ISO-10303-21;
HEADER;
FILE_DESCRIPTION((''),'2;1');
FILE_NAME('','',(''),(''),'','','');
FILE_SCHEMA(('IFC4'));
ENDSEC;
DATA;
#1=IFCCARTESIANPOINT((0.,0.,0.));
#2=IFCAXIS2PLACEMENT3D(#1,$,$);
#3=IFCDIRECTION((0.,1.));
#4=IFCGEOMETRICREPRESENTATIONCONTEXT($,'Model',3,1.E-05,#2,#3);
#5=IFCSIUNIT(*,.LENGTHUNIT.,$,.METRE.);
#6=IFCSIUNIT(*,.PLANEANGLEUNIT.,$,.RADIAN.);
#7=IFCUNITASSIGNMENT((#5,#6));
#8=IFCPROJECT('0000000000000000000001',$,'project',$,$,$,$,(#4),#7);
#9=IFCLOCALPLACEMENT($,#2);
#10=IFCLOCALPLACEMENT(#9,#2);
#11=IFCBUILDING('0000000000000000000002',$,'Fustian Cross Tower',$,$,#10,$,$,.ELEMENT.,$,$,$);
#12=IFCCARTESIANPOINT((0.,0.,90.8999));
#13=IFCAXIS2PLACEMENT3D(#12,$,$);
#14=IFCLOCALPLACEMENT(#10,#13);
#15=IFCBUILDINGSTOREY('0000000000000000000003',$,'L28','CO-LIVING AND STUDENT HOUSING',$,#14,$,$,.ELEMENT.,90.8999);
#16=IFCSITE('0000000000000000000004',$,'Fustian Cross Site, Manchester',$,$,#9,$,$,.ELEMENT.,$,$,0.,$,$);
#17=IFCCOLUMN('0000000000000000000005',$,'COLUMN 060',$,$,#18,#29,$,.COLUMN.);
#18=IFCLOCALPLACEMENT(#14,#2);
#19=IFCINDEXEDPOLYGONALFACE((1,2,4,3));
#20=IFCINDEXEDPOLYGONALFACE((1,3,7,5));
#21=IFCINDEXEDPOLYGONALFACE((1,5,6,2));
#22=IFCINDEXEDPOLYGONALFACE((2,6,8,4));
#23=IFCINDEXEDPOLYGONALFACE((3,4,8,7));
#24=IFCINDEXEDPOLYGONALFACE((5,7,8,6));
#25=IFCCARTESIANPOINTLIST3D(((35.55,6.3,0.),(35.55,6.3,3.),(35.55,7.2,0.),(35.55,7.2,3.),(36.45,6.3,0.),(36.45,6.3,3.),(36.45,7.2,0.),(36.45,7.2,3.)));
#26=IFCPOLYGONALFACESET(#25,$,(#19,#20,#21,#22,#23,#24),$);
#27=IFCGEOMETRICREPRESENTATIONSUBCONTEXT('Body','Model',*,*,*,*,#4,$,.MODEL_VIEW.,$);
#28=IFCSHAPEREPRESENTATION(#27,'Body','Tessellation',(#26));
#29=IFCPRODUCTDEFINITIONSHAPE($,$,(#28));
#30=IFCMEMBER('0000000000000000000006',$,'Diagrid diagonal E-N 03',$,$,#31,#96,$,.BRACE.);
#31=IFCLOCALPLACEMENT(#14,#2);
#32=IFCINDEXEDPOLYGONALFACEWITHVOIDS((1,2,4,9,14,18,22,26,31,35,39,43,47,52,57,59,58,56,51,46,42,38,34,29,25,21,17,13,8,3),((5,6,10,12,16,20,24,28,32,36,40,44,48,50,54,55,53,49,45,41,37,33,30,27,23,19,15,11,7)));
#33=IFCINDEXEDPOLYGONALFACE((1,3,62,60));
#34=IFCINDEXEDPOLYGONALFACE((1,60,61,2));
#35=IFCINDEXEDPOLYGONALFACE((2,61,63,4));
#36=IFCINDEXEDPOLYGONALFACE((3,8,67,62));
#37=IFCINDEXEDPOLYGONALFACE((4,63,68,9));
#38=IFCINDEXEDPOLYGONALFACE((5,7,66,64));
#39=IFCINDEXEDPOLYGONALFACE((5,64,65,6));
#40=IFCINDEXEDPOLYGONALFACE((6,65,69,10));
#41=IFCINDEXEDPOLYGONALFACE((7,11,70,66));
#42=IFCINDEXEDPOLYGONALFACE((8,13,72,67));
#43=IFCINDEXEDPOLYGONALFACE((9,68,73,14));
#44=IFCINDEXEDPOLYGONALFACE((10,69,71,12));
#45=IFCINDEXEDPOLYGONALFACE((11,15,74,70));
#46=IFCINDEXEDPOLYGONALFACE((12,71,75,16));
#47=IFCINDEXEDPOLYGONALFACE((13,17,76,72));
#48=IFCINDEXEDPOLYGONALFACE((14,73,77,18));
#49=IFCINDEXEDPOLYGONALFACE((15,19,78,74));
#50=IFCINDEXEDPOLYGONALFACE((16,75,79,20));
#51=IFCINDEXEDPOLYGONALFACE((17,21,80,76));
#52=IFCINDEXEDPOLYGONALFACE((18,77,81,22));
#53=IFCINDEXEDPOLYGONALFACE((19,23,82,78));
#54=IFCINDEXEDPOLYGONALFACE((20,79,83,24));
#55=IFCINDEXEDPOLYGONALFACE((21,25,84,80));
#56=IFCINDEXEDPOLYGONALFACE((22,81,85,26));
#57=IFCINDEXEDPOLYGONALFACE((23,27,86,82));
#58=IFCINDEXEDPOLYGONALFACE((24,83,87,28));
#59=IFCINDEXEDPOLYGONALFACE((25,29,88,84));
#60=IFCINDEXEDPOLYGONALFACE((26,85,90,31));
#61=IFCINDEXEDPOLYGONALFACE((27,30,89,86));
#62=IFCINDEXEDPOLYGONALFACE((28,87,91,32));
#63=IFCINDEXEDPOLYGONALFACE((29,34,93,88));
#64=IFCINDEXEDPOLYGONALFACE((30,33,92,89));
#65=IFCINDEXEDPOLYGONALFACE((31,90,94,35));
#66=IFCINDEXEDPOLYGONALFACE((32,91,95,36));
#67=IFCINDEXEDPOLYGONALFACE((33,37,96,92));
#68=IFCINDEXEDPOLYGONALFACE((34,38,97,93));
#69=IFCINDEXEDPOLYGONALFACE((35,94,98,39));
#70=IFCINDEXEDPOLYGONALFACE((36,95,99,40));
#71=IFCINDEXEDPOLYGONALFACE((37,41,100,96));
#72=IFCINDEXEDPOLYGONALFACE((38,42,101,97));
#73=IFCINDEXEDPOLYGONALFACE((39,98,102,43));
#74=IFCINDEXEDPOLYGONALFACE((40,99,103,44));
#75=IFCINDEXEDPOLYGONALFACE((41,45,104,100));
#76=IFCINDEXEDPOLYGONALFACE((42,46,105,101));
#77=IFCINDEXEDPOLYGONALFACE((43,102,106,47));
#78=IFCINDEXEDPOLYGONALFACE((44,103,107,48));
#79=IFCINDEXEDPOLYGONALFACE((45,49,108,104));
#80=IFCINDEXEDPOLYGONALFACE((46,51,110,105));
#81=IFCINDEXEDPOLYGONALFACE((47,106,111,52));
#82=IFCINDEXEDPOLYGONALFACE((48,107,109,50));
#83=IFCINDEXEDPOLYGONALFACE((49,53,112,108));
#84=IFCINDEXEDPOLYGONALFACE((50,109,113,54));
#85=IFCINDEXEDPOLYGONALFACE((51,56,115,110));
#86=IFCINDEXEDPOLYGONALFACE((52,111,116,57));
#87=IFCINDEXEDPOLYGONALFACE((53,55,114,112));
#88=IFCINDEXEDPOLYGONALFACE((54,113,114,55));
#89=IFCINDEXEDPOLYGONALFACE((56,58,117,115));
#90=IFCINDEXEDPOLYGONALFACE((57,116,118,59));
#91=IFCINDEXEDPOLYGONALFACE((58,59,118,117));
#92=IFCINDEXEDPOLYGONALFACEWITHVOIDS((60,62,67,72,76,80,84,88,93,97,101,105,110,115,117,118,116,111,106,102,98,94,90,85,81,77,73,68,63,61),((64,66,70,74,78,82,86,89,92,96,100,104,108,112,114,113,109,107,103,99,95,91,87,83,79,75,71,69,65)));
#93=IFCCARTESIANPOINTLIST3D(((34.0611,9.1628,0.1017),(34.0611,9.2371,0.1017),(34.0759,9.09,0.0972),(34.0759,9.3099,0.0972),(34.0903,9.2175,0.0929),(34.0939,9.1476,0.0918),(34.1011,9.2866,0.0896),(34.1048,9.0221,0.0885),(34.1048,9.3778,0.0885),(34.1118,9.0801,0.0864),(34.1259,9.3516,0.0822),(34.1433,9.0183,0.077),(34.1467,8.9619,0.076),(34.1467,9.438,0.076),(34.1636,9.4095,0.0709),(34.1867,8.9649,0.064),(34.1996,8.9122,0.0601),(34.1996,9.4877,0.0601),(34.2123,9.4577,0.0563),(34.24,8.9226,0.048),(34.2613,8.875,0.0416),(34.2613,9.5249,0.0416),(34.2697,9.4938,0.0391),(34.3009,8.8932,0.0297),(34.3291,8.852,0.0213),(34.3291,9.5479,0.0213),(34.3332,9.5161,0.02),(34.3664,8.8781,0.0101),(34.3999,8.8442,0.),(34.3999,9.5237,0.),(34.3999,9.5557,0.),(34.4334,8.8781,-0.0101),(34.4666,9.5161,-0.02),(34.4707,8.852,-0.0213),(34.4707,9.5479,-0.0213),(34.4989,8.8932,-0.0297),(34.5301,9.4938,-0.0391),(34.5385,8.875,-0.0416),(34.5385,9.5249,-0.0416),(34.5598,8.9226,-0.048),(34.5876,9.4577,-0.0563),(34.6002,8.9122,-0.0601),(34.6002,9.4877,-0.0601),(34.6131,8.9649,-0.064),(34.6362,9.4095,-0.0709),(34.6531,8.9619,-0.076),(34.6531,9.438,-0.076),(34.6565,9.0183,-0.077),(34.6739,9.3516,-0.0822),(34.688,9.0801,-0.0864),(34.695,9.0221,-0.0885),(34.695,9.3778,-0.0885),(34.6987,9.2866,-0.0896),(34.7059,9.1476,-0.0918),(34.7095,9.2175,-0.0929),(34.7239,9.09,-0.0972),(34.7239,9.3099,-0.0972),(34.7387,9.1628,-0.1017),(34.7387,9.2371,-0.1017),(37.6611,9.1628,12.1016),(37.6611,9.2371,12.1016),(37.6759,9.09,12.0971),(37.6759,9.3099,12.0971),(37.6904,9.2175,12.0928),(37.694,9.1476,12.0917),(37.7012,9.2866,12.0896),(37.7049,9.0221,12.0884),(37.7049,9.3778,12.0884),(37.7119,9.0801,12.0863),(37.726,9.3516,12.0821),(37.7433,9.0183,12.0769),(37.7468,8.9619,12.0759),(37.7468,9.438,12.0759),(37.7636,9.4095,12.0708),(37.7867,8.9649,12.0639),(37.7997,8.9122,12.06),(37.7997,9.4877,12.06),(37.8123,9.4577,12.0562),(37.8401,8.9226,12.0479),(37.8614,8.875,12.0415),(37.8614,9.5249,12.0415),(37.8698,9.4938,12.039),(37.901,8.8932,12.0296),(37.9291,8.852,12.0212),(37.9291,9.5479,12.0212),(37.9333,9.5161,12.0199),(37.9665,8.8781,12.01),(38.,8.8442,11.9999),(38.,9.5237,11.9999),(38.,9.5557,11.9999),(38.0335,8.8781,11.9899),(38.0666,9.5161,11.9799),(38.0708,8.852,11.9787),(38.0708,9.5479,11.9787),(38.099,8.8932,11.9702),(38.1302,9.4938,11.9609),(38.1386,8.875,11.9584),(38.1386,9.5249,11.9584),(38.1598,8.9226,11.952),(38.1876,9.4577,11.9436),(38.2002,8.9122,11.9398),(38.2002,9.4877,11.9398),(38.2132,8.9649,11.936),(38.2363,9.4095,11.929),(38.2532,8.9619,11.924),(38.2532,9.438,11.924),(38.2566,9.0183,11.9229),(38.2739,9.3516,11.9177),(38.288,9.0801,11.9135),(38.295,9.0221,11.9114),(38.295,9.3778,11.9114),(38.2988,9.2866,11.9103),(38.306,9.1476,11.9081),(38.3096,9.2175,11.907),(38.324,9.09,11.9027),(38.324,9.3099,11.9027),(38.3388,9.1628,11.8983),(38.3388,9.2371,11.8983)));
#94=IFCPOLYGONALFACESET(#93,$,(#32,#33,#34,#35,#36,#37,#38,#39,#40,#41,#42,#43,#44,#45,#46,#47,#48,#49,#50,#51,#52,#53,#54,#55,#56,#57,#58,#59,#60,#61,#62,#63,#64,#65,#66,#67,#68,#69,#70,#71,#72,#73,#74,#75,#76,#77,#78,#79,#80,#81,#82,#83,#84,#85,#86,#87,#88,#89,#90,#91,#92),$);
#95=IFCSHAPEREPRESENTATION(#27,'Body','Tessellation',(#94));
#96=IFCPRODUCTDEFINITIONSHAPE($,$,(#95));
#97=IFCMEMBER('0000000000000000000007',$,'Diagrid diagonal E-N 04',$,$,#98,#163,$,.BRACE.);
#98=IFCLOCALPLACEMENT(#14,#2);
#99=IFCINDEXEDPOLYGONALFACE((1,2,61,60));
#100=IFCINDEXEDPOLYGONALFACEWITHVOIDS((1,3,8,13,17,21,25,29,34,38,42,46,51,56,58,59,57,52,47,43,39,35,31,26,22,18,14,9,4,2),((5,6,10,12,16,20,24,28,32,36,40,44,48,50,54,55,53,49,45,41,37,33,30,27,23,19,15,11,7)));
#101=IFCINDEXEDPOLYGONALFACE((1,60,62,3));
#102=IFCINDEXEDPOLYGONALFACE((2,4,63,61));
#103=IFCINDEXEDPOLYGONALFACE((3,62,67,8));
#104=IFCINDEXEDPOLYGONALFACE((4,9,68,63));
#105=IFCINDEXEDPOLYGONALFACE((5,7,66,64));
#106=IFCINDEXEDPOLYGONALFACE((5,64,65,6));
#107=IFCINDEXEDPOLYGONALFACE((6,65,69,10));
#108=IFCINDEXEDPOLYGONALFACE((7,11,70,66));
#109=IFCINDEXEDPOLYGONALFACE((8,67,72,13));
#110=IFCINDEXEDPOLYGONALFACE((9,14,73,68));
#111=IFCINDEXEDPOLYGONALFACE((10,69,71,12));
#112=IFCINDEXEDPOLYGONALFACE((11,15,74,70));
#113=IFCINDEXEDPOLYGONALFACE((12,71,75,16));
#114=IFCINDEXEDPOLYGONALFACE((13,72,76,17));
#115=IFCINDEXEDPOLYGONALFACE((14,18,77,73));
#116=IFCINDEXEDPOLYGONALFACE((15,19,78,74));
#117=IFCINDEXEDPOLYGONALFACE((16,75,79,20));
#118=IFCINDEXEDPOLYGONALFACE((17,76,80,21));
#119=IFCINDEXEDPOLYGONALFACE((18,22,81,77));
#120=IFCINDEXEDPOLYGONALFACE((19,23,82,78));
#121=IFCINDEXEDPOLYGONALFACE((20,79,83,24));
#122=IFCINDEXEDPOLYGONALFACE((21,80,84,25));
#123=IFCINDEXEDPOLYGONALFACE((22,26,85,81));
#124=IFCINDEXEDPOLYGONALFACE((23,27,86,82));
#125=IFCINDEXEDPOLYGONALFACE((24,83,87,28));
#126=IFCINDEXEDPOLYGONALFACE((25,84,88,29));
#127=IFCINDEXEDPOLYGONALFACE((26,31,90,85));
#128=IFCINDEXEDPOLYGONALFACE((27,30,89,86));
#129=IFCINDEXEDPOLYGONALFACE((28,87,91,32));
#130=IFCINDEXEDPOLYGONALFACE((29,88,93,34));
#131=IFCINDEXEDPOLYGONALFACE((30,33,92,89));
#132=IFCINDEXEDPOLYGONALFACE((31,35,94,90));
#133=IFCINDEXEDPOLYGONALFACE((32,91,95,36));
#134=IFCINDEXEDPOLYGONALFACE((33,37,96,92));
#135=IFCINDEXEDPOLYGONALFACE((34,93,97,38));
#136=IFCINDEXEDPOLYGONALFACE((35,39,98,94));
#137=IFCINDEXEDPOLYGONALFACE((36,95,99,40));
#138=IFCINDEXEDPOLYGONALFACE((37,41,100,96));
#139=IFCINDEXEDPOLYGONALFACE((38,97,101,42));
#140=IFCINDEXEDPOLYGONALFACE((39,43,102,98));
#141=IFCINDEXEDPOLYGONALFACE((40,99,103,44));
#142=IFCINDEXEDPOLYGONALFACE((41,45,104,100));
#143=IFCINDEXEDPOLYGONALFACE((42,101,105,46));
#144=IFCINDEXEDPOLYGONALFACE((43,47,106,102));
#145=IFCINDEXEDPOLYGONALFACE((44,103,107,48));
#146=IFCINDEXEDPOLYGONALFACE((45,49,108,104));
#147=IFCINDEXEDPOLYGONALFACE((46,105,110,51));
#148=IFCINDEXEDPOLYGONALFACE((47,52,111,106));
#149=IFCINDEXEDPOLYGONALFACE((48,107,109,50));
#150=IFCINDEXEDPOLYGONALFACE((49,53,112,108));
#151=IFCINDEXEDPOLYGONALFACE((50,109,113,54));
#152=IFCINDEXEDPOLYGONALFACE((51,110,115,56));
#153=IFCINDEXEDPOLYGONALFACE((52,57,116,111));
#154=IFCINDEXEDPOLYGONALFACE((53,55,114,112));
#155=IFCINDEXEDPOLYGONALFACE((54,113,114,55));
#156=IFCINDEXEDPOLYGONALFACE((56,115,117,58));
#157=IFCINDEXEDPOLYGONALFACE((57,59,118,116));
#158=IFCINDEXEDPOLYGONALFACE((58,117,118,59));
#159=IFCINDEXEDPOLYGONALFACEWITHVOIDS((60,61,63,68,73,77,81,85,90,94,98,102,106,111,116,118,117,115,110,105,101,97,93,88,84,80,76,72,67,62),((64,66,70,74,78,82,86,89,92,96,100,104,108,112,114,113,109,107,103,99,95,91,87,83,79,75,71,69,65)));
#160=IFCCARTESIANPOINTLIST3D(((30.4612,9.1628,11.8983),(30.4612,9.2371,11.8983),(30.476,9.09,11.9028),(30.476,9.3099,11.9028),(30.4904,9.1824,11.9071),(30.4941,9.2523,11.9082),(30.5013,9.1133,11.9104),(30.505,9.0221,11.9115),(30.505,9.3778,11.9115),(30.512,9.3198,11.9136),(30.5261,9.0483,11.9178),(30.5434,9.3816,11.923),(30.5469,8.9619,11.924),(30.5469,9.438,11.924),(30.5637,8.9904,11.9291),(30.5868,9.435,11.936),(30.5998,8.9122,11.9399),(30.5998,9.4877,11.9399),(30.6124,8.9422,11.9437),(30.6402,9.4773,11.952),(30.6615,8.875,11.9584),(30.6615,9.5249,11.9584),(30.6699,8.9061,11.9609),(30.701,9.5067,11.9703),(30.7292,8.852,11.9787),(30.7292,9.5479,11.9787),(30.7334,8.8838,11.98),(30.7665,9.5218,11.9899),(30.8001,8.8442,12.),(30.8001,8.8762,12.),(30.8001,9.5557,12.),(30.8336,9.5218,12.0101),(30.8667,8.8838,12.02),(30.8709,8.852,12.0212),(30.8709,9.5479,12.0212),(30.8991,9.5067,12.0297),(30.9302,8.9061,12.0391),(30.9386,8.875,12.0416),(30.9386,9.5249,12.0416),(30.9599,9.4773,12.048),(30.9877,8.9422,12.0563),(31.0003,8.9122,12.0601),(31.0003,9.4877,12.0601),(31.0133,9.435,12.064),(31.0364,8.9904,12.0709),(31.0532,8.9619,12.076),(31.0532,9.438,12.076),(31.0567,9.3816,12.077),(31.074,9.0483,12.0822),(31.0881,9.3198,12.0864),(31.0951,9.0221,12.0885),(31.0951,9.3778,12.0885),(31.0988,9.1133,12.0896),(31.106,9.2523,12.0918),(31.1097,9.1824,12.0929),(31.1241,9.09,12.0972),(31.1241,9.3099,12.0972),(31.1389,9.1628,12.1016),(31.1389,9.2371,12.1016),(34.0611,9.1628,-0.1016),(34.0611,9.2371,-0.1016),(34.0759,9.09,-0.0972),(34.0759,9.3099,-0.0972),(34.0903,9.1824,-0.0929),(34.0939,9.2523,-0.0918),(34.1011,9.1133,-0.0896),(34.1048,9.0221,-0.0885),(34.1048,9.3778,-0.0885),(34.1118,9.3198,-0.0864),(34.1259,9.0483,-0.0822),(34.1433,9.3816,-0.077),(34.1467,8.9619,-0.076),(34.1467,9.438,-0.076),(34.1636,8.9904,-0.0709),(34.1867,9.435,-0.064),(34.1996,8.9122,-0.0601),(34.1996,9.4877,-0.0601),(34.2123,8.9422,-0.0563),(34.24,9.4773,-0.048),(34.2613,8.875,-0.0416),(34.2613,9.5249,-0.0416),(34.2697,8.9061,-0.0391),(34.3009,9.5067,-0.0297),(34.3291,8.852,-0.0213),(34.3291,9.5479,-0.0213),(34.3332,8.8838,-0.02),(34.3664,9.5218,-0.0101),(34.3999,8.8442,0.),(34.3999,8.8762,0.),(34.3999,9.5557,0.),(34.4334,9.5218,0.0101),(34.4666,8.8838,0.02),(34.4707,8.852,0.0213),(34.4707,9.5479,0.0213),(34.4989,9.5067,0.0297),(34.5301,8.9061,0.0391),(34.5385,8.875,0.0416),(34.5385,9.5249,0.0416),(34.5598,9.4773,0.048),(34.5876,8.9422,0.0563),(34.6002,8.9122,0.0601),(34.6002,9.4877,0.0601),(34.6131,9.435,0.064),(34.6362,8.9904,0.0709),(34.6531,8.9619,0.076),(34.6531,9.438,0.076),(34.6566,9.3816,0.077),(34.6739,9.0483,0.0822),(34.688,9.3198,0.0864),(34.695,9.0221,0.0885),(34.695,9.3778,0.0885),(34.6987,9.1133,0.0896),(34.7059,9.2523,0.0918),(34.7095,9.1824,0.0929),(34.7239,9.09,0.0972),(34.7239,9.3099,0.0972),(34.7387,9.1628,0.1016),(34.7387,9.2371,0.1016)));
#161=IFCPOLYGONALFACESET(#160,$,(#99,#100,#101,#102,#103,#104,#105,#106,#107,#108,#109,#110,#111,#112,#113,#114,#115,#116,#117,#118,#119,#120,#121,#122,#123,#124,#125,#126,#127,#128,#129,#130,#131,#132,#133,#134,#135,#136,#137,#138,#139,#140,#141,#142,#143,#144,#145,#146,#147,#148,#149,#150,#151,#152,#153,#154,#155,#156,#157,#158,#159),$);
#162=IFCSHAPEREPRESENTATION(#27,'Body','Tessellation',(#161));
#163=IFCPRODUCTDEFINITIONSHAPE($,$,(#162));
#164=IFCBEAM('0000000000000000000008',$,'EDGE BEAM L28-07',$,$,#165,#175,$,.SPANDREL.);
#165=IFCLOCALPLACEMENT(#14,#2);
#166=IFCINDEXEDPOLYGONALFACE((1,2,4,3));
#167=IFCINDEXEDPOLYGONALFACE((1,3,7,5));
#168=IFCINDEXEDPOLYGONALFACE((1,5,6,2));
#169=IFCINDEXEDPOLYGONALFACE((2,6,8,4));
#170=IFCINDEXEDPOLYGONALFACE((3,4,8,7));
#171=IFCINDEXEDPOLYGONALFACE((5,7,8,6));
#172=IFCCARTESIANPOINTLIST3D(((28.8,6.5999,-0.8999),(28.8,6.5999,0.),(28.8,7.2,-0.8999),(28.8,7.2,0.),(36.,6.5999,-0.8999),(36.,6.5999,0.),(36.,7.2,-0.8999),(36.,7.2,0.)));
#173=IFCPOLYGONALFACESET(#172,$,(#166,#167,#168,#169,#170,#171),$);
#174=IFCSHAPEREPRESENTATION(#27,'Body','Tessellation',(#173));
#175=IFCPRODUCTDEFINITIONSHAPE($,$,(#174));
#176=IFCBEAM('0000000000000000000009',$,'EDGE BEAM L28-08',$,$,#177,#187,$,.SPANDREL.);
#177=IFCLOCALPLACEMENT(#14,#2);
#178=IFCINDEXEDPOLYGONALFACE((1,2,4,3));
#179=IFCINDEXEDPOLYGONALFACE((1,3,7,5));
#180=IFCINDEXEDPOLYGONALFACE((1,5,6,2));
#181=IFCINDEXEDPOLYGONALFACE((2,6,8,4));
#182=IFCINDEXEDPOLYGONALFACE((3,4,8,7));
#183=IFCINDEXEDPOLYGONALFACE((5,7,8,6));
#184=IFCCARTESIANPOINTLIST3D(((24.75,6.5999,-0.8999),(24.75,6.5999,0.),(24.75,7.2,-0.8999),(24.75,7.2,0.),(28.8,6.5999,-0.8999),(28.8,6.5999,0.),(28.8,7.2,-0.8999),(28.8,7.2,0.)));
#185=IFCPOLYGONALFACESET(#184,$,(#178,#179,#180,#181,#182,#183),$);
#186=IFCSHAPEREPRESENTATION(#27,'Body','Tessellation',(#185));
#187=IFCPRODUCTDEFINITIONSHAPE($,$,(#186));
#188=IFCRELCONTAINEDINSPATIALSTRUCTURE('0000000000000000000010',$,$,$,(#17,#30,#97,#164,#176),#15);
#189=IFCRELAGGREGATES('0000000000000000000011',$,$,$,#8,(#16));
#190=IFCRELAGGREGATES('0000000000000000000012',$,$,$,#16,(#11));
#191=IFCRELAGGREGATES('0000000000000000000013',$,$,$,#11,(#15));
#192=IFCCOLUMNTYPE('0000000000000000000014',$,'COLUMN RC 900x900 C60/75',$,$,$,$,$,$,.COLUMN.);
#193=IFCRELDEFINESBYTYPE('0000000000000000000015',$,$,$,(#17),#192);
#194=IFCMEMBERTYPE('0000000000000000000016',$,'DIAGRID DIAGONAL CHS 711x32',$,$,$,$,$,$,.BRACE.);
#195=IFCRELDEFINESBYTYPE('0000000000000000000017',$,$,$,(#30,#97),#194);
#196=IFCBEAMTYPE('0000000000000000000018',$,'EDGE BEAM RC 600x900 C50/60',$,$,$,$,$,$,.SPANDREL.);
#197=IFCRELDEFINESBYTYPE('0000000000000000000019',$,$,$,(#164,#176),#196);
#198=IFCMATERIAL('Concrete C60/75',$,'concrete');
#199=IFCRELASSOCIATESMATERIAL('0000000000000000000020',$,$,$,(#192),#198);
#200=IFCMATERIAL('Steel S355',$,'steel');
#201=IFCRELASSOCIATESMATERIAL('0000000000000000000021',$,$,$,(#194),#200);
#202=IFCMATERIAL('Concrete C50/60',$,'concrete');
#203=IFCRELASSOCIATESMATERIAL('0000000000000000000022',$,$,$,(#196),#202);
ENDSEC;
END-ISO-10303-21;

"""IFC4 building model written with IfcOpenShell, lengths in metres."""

from ifc_helpers import new_model, si_unit, direction, frame, origin, origin_2d, place, context, subcontext, project, spatial, rectangle, hollow_circle, extrude, material, material_profile, profile_set, type_object, element, save


model = new_model("IFC4")

# Units and contexts
model_context = context("Model", 3, precision=1e-05, world=origin(), true_north=direction((0.0, 1.0)))
body_context = subcontext(model_context, "Body", "Model", "MODEL_VIEW")
ifc_project = project(units=[si_unit("LENGTHUNIT", "METRE"), si_unit("PLANEANGLEUNIT", "RADIAN")], contexts=[model_context])

# Site, building, storey
site_placement = place(None, origin())
site = spatial("IfcSite", under=ifc_project, at=site_placement, Name="Fustian Cross Site, Manchester", CompositionType="ELEMENT", RefElevation=0.0)
building_placement = place(site_placement, origin())
building = spatial("IfcBuilding", under=site, at=building_placement, Name="Fustian Cross Tower", CompositionType="ELEMENT")
storey_placement = place(building_placement, frame((0.0, 0.0, 90.8999)))
storey = spatial("IfcBuildingStorey", under=building, at=storey_placement, Name="L28", Description="CO-LIVING AND STUDENT HOUSING", CompositionType="ELEMENT", Elevation=90.8999)

# Column
ifc_material_1 = material(Name="Concrete C60/75", Category="concrete")
ifc_material_profile_1 = material_profile(ifc_material_1, rectangle(XDim=0.8999, YDim=0.8999, at=origin_2d()), Name="RC 900x900")
ifc_profile_set_1 = profile_set([ifc_material_profile_1], Name="Concrete C60/75")
column_type = type_object("IfcColumnType", Name="COLUMN RC 900x900 C60/75", PredefinedType="COLUMN", material=ifc_profile_set_1)
column_placement = place(storey_placement, frame((36.0, 6.75, 0.0), z_axis=(0.0, 0.0, 1.0), x_axis=(1.0, 0.0, 0.0)))
element("IfcColumn", 1, at=column_placement, inside=storey, type_object=column_type, Name="COLUMN 060", PredefinedType="COLUMN", context=body_context, shape_type="SweptSolid", body=[
    extrude(rectangle(XDim=0.8999, YDim=0.8999, at=origin_2d()), origin(), (0.0, 0.0, 1.0), 3.0),
])

# Members
ifc_material_2 = material(Name="Steel S355", Category="steel")
ifc_material_profile_2 = material_profile(ifc_material_2, hollow_circle(Radius=0.3557, WallThickness=0.032, at=origin_2d()), Name="CHS 711x32")
ifc_profile_set_2 = profile_set([ifc_material_profile_2], Name="Steel S355")
member_type = type_object("IfcMemberType", Name="DIAGRID DIAGONAL CHS 711x32", PredefinedType="BRACE", material=ifc_profile_set_2)
for number, where, z_axis, x_axis, name in (
    (2, (34.3999, 9.2, 0.0), (0.287355, 0.0, 0.957824), (0.0, 1.0, 0.0), "Diagrid diagonal E-N 03"),
    (3, (34.3999, 9.2, 0.0), (-0.287337, 0.0, 0.95783), (0.0, -1.0, 0.0), "Diagrid diagonal E-N 04"),
):
    element("IfcMember", number, at=place(storey_placement, frame(where, z_axis=z_axis, x_axis=x_axis)), inside=storey, type_object=member_type, Name=name, PredefinedType="BRACE", context=body_context, shape_type="SweptSolid", body=[
        extrude(hollow_circle(Radius=0.3557, WallThickness=0.032, at=origin_2d()), origin(), (0.0, 0.0, 1.0), 12.5283),
    ])

# Beams
ifc_material_3 = material(Name="Concrete C50/60", Category="concrete")
ifc_material_profile_3 = material_profile(ifc_material_3, rectangle(XDim=0.6001, YDim=0.8999, at=origin_2d()), Name="RC 600x900")
ifc_profile_set_3 = profile_set([ifc_material_profile_3], Name="Concrete C50/60")
beam_type = type_object("IfcBeamType", Name="EDGE BEAM RC 600x900 C50/60", PredefinedType="SPANDREL", material=ifc_profile_set_3)
beam_1_placement = place(storey_placement, frame((36.0, 6.8999, -0.45), z_axis=(-1.0, 0.0, 0.0), x_axis=(0.0, -1.0, 0.0)))
element("IfcBeam", 4, at=beam_1_placement, inside=storey, type_object=beam_type, Name="EDGE BEAM L28-07", PredefinedType="SPANDREL", context=body_context, shape_type="SweptSolid", body=[
    extrude(rectangle(XDim=0.6001, YDim=0.8999, at=origin_2d()), origin(), (0.0, 0.0, 1.0), 7.2),
])
beam_2_placement = place(storey_placement, frame((28.8, 6.8999, -0.45), z_axis=(-1.0, 0.0, 0.0), x_axis=(0.0, -1.0, 0.0)))
element("IfcBeam", 5, at=beam_2_placement, inside=storey, type_object=beam_type, Name="EDGE BEAM L28-08", PredefinedType="SPANDREL", context=body_context, shape_type="SweptSolid", body=[
    extrude(rectangle(XDim=0.6001, YDim=0.8999, at=origin_2d()), origin(), (0.0, 0.0, 1.0), 4.05),
])

save(model, "model.ifc")
